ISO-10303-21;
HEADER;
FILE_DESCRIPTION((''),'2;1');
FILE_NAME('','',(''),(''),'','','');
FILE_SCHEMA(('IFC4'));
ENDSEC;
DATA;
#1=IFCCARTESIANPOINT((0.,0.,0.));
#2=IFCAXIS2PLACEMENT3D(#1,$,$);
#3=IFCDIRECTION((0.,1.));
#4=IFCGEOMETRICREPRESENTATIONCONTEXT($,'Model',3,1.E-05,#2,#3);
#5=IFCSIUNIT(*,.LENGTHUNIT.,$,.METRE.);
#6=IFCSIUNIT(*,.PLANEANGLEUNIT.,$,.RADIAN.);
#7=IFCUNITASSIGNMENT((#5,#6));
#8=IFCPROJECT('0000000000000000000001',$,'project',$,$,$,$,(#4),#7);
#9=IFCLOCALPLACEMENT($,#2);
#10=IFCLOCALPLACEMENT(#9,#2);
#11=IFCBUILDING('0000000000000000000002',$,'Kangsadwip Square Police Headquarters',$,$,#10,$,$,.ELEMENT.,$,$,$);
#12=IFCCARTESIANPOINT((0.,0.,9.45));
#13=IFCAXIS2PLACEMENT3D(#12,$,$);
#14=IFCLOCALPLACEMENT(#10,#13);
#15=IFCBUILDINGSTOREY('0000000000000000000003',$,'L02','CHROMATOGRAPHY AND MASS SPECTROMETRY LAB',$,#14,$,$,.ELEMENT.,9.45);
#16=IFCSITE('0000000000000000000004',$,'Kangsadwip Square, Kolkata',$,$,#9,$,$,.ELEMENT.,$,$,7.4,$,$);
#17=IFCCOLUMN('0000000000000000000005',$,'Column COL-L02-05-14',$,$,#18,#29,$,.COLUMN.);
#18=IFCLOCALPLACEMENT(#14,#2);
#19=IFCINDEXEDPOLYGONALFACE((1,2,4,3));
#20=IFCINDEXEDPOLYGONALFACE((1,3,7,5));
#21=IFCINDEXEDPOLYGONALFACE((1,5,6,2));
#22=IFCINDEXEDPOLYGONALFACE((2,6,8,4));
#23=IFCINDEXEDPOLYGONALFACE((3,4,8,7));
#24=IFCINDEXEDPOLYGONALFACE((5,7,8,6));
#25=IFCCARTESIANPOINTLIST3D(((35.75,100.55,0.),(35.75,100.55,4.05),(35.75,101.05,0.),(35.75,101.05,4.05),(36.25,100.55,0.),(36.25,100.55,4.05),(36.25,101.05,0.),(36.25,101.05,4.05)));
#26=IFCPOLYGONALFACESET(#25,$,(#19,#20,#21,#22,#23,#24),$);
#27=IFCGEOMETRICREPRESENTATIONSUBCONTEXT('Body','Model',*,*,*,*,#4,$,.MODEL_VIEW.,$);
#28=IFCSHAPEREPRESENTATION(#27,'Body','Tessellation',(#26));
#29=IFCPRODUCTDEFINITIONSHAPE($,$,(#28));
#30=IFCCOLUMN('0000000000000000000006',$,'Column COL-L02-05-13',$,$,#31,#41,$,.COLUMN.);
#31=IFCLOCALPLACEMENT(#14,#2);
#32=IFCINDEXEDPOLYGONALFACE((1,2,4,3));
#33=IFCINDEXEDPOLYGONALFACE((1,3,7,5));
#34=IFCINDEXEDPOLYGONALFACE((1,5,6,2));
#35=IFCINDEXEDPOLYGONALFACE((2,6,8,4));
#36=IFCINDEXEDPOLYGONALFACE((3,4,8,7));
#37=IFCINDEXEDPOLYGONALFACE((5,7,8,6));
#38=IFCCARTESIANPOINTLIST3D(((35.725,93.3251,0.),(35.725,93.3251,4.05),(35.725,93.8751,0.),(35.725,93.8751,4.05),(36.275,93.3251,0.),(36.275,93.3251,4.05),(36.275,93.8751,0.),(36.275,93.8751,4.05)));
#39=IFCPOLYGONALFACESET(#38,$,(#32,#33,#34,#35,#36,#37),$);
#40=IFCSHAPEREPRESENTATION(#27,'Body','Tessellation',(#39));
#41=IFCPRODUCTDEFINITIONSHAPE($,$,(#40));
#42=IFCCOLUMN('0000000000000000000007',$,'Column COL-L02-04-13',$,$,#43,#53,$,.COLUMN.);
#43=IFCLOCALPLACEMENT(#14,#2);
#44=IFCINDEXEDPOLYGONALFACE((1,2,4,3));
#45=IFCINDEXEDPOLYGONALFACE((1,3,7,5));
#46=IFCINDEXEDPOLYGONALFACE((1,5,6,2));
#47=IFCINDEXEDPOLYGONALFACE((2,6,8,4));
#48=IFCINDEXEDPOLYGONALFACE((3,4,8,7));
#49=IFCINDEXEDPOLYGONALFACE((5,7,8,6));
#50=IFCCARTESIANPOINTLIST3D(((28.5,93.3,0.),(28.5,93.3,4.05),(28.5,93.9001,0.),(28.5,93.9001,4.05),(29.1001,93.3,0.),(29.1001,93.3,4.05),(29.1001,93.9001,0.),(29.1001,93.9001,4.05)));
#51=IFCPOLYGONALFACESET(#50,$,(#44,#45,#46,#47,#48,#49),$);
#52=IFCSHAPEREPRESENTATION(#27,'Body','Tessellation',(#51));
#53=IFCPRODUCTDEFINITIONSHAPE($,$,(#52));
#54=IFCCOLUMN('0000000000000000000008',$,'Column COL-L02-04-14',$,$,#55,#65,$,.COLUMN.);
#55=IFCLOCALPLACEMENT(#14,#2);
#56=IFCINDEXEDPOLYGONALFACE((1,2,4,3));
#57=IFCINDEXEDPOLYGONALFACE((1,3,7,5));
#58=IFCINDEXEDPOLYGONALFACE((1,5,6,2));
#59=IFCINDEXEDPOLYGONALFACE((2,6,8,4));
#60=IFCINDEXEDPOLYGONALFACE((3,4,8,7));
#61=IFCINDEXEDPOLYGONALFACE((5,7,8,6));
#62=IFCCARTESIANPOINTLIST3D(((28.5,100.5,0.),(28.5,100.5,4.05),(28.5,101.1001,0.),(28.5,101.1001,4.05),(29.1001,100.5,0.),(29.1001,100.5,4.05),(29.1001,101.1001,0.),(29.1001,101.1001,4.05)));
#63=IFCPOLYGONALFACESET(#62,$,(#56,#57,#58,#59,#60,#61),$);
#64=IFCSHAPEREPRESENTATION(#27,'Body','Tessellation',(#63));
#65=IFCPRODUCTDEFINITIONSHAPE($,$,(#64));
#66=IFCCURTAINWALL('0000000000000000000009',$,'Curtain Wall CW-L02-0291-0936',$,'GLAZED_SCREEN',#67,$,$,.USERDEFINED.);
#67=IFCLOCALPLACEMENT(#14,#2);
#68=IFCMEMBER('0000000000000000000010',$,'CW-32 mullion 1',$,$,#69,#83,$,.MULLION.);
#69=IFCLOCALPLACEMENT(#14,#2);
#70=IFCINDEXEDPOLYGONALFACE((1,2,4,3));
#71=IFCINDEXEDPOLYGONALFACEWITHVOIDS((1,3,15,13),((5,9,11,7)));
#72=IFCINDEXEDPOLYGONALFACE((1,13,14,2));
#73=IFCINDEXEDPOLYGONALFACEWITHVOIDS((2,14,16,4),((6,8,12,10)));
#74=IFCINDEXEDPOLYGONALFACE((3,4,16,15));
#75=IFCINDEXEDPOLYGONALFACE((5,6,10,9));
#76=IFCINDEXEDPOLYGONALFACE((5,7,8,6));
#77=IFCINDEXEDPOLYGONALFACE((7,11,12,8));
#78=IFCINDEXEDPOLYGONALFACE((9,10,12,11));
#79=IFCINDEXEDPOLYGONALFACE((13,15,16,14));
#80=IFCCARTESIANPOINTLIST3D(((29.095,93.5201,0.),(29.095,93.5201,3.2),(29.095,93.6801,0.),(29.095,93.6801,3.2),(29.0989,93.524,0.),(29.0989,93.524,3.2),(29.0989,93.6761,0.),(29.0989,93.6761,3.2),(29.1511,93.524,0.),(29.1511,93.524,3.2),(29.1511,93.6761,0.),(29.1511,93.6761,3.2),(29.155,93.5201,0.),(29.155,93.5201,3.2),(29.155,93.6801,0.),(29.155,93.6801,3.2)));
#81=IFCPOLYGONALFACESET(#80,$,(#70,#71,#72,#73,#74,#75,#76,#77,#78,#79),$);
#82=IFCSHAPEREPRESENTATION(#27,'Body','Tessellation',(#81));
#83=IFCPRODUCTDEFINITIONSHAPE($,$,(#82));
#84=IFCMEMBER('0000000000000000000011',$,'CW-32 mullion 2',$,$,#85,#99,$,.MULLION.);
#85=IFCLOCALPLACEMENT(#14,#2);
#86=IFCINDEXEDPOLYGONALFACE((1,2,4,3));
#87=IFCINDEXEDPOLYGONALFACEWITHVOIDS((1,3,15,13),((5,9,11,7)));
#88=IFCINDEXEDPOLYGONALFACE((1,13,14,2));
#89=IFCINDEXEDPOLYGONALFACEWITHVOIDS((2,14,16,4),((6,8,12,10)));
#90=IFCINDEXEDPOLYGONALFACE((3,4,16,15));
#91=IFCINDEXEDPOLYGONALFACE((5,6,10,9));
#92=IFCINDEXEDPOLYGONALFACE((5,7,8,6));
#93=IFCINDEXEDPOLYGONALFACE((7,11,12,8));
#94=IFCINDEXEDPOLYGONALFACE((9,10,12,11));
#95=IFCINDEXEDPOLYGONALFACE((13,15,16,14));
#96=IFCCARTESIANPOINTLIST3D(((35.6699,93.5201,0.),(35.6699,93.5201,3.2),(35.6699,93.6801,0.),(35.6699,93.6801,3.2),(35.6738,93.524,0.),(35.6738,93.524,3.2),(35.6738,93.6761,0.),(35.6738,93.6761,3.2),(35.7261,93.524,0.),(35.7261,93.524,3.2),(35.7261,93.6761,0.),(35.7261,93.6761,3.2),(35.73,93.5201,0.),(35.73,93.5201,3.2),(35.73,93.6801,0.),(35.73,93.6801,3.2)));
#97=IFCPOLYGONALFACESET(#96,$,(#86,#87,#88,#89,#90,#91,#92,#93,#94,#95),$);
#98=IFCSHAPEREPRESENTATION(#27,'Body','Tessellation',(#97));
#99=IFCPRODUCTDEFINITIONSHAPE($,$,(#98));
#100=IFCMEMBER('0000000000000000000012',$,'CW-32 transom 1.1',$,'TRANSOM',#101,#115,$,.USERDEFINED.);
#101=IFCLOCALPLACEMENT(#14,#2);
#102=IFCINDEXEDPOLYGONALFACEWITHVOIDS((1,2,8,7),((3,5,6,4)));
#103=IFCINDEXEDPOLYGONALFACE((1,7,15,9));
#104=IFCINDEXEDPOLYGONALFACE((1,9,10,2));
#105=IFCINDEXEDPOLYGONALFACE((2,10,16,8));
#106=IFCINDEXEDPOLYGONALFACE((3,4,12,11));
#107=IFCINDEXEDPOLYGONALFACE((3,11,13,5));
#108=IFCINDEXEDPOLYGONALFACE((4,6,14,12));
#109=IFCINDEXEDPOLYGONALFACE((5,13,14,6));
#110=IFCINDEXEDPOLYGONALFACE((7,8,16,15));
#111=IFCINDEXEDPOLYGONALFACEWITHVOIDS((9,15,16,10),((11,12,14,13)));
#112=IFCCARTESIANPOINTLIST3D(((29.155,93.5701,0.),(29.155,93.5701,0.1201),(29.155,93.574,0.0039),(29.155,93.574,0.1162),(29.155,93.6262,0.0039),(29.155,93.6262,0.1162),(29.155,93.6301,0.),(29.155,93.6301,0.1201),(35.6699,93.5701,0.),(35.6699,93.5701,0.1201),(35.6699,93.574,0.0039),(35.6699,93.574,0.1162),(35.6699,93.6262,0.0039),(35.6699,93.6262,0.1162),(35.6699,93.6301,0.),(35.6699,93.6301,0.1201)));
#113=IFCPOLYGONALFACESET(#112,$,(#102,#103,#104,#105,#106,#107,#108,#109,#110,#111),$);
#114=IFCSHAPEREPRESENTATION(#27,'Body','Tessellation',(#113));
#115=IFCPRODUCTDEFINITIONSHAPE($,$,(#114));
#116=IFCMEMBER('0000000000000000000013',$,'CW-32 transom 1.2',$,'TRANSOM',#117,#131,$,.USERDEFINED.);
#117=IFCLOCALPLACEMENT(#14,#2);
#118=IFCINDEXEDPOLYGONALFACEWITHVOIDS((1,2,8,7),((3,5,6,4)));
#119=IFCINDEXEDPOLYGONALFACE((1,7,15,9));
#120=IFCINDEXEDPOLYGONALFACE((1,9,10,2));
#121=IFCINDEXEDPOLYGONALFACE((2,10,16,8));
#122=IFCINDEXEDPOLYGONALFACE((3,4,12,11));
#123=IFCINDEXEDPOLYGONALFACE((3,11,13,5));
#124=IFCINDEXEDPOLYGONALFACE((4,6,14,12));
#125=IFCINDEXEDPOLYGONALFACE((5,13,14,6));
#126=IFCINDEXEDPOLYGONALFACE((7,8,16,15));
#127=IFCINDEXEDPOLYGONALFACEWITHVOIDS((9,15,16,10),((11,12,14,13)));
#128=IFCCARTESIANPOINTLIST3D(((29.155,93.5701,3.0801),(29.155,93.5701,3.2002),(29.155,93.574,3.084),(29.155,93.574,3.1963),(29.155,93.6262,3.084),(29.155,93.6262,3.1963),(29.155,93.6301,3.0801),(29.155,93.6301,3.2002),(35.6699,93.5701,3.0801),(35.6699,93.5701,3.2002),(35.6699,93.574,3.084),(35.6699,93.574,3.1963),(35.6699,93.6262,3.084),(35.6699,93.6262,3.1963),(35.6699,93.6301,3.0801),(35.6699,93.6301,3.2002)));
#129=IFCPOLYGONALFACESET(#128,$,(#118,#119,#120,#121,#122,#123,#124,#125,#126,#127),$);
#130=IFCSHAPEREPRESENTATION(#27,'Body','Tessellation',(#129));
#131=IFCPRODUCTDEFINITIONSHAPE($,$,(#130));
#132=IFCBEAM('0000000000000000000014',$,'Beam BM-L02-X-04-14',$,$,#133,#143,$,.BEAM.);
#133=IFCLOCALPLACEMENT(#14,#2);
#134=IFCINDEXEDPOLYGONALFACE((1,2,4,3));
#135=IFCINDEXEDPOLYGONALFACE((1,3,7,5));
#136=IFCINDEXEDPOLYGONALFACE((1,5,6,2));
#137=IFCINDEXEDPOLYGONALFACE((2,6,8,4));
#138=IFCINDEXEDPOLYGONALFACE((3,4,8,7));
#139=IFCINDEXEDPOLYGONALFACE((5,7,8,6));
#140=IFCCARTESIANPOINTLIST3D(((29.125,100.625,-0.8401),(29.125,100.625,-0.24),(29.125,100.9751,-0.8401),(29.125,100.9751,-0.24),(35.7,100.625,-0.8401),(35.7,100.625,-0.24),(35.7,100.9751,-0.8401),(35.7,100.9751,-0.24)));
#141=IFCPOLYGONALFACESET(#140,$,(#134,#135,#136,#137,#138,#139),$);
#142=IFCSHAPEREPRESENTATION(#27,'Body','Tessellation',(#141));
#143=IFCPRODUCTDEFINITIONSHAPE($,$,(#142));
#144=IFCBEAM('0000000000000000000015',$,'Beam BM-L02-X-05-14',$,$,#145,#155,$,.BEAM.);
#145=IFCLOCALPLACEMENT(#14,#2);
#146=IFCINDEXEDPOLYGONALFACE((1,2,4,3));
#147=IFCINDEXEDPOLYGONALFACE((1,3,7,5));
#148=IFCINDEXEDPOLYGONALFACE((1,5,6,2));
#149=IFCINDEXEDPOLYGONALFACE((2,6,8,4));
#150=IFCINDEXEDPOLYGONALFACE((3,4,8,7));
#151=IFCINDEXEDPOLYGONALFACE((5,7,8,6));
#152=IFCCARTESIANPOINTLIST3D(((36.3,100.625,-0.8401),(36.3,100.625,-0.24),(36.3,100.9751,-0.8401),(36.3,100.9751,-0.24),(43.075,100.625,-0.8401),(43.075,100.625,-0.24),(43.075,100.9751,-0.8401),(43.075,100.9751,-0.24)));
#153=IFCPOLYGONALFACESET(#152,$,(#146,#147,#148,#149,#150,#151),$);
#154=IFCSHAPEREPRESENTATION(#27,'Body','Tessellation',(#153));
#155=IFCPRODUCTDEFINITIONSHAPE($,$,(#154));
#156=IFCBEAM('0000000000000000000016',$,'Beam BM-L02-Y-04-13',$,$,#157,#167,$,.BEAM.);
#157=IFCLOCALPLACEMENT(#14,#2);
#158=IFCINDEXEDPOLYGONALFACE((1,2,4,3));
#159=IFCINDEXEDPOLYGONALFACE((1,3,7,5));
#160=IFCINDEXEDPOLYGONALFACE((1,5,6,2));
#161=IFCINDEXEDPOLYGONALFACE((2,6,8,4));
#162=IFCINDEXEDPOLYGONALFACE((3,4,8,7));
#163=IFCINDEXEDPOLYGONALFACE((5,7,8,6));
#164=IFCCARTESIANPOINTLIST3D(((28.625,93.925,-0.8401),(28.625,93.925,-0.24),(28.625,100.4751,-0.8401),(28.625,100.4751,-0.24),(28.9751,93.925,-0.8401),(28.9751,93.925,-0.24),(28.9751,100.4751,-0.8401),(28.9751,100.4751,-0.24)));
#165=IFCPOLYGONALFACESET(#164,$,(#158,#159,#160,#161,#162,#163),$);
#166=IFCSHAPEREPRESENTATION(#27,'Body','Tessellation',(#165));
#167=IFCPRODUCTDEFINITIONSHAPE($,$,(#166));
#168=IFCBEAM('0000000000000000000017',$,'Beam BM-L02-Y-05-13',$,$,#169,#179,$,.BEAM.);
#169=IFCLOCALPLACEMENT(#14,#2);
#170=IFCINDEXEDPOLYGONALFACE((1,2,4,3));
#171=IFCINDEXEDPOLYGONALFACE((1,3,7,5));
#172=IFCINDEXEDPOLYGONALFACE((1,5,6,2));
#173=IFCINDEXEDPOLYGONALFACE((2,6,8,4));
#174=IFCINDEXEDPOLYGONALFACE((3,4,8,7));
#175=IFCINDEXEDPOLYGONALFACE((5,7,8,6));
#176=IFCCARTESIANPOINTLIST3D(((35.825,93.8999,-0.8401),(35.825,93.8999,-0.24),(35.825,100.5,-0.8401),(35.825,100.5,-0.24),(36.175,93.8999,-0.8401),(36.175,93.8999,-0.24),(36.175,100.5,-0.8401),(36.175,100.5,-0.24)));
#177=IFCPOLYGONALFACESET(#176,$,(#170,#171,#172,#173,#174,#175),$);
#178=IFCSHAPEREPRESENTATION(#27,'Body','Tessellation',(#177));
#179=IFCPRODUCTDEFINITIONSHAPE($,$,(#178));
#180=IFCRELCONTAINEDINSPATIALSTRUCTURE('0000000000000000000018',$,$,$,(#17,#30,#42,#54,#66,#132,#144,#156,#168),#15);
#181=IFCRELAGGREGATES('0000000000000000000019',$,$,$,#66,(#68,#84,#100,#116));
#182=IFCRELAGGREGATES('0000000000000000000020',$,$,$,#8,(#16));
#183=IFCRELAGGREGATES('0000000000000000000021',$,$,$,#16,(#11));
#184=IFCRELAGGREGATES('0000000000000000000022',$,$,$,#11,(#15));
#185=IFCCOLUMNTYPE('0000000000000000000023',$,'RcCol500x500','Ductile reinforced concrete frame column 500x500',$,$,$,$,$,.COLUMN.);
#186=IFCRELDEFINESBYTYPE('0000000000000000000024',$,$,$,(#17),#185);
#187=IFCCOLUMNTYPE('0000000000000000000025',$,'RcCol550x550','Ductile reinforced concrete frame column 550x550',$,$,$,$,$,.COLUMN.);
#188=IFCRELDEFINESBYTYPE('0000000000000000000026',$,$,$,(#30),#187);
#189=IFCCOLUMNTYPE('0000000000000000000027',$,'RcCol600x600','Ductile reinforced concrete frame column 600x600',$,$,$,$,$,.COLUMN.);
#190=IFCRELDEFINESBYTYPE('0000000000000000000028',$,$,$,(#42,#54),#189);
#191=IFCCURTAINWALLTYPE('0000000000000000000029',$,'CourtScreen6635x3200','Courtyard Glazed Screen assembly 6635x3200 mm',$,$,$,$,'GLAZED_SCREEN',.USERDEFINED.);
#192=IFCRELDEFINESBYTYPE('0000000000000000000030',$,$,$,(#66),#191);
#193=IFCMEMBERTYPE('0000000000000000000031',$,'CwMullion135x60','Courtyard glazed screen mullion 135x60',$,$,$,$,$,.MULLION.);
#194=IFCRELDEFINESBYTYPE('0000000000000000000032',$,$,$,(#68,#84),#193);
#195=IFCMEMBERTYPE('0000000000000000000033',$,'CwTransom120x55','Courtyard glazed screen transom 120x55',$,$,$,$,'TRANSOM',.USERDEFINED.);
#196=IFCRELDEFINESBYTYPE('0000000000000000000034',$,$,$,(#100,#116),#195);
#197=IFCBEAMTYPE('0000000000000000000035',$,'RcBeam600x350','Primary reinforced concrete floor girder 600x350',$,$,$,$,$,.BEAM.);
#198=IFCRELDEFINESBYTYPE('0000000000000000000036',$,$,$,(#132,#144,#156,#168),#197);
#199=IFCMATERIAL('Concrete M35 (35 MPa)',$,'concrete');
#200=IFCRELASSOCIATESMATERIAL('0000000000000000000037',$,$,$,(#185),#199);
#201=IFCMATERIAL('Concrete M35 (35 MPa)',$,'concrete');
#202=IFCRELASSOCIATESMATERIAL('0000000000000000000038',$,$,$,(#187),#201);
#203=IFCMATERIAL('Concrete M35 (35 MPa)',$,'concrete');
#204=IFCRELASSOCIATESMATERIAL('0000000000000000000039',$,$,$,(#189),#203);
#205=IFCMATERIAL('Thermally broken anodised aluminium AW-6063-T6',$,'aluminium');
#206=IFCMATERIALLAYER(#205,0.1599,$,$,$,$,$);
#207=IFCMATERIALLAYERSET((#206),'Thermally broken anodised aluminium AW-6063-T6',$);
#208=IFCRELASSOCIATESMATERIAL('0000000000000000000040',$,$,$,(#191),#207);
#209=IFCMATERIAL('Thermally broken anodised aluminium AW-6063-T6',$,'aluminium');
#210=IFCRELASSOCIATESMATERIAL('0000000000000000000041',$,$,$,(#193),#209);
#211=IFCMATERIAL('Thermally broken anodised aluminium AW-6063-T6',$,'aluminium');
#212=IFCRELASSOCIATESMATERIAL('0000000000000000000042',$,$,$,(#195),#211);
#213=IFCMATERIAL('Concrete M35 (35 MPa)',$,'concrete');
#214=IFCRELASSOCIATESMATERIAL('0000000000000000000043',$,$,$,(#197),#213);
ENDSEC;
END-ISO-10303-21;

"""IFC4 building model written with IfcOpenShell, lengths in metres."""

from ifc_helpers import new_model, si_unit, direction, frame, origin, origin_2d, place, context, subcontext, project, spatial, rectangle, hollow_rectangle, extrude, material, layer, layer_set, material_profile, profile_set, type_object, element, aggregate, save


model = new_model("IFC4")

# Units and contexts
model_context = context("Model", 3, precision=1e-05, world=origin(), true_north=direction((0.0, 1.0)))
body_context = subcontext(model_context, "Body", "Model", "MODEL_VIEW")
ifc_project = project(units=[si_unit("LENGTHUNIT", "METRE"), si_unit("PLANEANGLEUNIT", "RADIAN")], contexts=[model_context])

# Site, building, storey
site_placement = place(None, origin())
site = spatial("IfcSite", under=ifc_project, at=site_placement, Name="Kangsadwip Square, Kolkata", CompositionType="ELEMENT", RefElevation=7.4)
building_placement = place(site_placement, origin())
building = spatial("IfcBuilding", under=site, at=building_placement, Name="Kangsadwip Square Police Headquarters", CompositionType="ELEMENT")
storey_placement = place(building_placement, frame((0.0, 0.0, 9.45)))
storey = spatial("IfcBuildingStorey", under=building, at=storey_placement, Name="L02", Description="CHROMATOGRAPHY AND MASS SPECTROMETRY LAB", CompositionType="ELEMENT", Elevation=9.45)

# Columns
ifc_material_1 = material(Name="Concrete M35 (35 MPa)", Category="concrete")
ifc_material_profile_1 = material_profile(ifc_material_1, rectangle(XDim=0.5, YDim=0.5, at=origin_2d()), Name="RC COL 500X500")
ifc_profile_set_1 = profile_set([ifc_material_profile_1], Name="Concrete M35 (35 MPa)")
column_type_1 = type_object("IfcColumnType", Name="RcCol500x500", Description="Ductile reinforced concrete frame column 500x500", PredefinedType="COLUMN", material=ifc_profile_set_1)
column_1_placement = place(storey_placement, frame((36.0, 100.8, 0.0), z_axis=(0.0, 0.0, 1.0), x_axis=(1.0, 0.0, 0.0)))
element("IfcColumn", 1, at=column_1_placement, inside=storey, type_object=column_type_1, Name="Column COL-L02-05-14", PredefinedType="COLUMN", context=body_context, shape_type="SweptSolid", body=[
    extrude(rectangle(XDim=0.5, YDim=0.5, at=origin_2d()), origin(), (0.0, 0.0, 1.0), 4.05),
])
ifc_material_2 = material(Name="Concrete M35 (35 MPa)", Category="concrete")
ifc_material_profile_2 = material_profile(ifc_material_2, rectangle(XDim=0.55, YDim=0.55, at=origin_2d()), Name="RC COL 550X550")
ifc_profile_set_2 = profile_set([ifc_material_profile_2], Name="Concrete M35 (35 MPa)")
column_type_2 = type_object("IfcColumnType", Name="RcCol550x550", Description="Ductile reinforced concrete frame column 550x550", PredefinedType="COLUMN", material=ifc_profile_set_2)
column_2_placement = place(storey_placement, frame((36.0, 93.6001, 0.0), z_axis=(0.0, 0.0, 1.0), x_axis=(1.0, 0.0, 0.0)))
element("IfcColumn", 2, at=column_2_placement, inside=storey, type_object=column_type_2, Name="Column COL-L02-05-13", PredefinedType="COLUMN", context=body_context, shape_type="SweptSolid", body=[
    extrude(rectangle(XDim=0.55, YDim=0.55, at=origin_2d()), origin(), (0.0, 0.0, 1.0), 4.05),
])
ifc_material_3 = material(Name="Concrete M35 (35 MPa)", Category="concrete")
ifc_material_profile_3 = material_profile(ifc_material_3, rectangle(XDim=0.6001, YDim=0.6001, at=origin_2d()), Name="RC COL 600X600")
ifc_profile_set_3 = profile_set([ifc_material_profile_3], Name="Concrete M35 (35 MPa)")
column_type_3 = type_object("IfcColumnType", Name="RcCol600x600", Description="Ductile reinforced concrete frame column 600x600", PredefinedType="COLUMN", material=ifc_profile_set_3)
for number, where, z_axis, x_axis, name in (
    (3, (28.8, 93.6001, 0.0), (0.0, 0.0, 1.0), (1.0, 0.0, 0.0), "Column COL-L02-04-13"),
    (4, (28.8, 100.8, 0.0), (0.0, 0.0, 1.0), (1.0, 0.0, 0.0), "Column COL-L02-04-14"),
):
    element("IfcColumn", number, at=place(storey_placement, frame(where, z_axis=z_axis, x_axis=x_axis)), inside=storey, type_object=column_type_3, Name=name, PredefinedType="COLUMN", context=body_context, shape_type="SweptSolid", body=[
        extrude(rectangle(XDim=0.6001, YDim=0.6001, at=origin_2d()), origin(), (0.0, 0.0, 1.0), 4.05),
    ])

# Curtain wall, members
ifc_material_4 = material(Name="Thermally broken anodised aluminium AW-6063-T6", Category="aluminium")
ifc_layer_1 = layer(ifc_material_4, 0.1599)
ifc_layer_set_1 = layer_set([ifc_layer_1], Name="Thermally broken anodised aluminium AW-6063-T6")
curtain_wall_type = type_object("IfcCurtainWallType", Name="CourtScreen6635x3200", Description="Courtyard Glazed Screen assembly 6635x3200 mm", ElementType="GLAZED_SCREEN", PredefinedType="USERDEFINED", material=ifc_layer_set_1)
curtain_wall_placement = place(storey_placement, origin())
curtain_wall = element("IfcCurtainWall", 5, at=curtain_wall_placement, inside=storey, type_object=curtain_wall_type, Name="Curtain Wall CW-L02-0291-0936", ObjectType="GLAZED_SCREEN", PredefinedType="USERDEFINED")
ifc_material_5 = material(Name="Thermally broken anodised aluminium AW-6063-T6", Category="aluminium")
ifc_material_profile_4 = material_profile(ifc_material_5, hollow_rectangle(XDim=0.0601, YDim=0.1599, WallThickness=0.0039, at=origin_2d()), Name="CWM 160X60X4")
ifc_profile_set_4 = profile_set([ifc_material_profile_4], Name="Thermally broken anodised aluminium AW-6063-T6")
member_type_1 = type_object("IfcMemberType", Name="CwMullion135x60", Description="Courtyard glazed screen mullion 135x60", PredefinedType="MULLION", material=ifc_profile_set_4)
member_1_placement = place(storey_placement, frame((29.125, 93.6001, 0.0), z_axis=(0.0, 0.0, 1.0), x_axis=(1.0, 0.0, 0.0)))
member_1 = element("IfcMember", 6, at=member_1_placement, type_object=member_type_1, Name="CW-32 mullion 1", PredefinedType="MULLION", context=body_context, shape_type="SweptSolid", body=[
    extrude(hollow_rectangle(XDim=0.0601, YDim=0.1599, WallThickness=0.0039, at=origin_2d()), origin(), (0.0, 0.0, 1.0), 3.2),
])
member_2_placement = place(storey_placement, frame((35.7, 93.6001, 0.0), z_axis=(0.0, 0.0, 1.0), x_axis=(1.0, 0.0, 0.0)))
member_2 = element("IfcMember", 7, at=member_2_placement, type_object=member_type_1, Name="CW-32 mullion 2", PredefinedType="MULLION", context=body_context, shape_type="SweptSolid", body=[
    extrude(hollow_rectangle(XDim=0.0601, YDim=0.1599, WallThickness=0.0039, at=origin_2d()), origin(), (0.0, 0.0, 1.0), 3.2),
])
ifc_material_6 = material(Name="Thermally broken anodised aluminium AW-6063-T6", Category="aluminium")
ifc_material_profile_5 = material_profile(ifc_material_6, hollow_rectangle(XDim=0.0601, YDim=0.1201, WallThickness=0.0039, at=origin_2d()), Name="CWT 120X60X4")
ifc_profile_set_5 = profile_set([ifc_material_profile_5], Name="Thermally broken anodised aluminium AW-6063-T6")
member_type_2 = type_object("IfcMemberType", Name="CwTransom120x55", Description="Courtyard glazed screen transom 120x55", ElementType="TRANSOM", PredefinedType="USERDEFINED", material=ifc_profile_set_5)
member_3_placement = place(storey_placement, frame((29.155, 93.6001, 0.0601), z_axis=(1.0, 0.0, 0.0), x_axis=(0.0, 1.0, 0.0)))
member_3 = element("IfcMember", 8, at=member_3_placement, type_object=member_type_2, Name="CW-32 transom 1.1", ObjectType="TRANSOM", PredefinedType="USERDEFINED", context=body_context, shape_type="SweptSolid", body=[
    extrude(hollow_rectangle(XDim=0.0601, YDim=0.1201, WallThickness=0.0039, at=origin_2d()), origin(), (0.0, 0.0, 1.0), 6.5149),
])
member_4_placement = place(storey_placement, frame((29.155, 93.6001, 3.1401), z_axis=(1.0, 0.0, 0.0), x_axis=(0.0, 1.0, 0.0)))
member_4 = element("IfcMember", 9, at=member_4_placement, type_object=member_type_2, Name="CW-32 transom 1.2", ObjectType="TRANSOM", PredefinedType="USERDEFINED", context=body_context, shape_type="SweptSolid", body=[
    extrude(hollow_rectangle(XDim=0.0601, YDim=0.1201, WallThickness=0.0039, at=origin_2d()), origin(), (0.0, 0.0, 1.0), 6.5149),
])

# Beams
ifc_material_7 = material(Name="Concrete M35 (35 MPa)", Category="concrete")
ifc_material_profile_6 = material_profile(ifc_material_7, rectangle(XDim=0.3501, YDim=0.6001, at=origin_2d()), Name="RC BM 600X350")
ifc_profile_set_6 = profile_set([ifc_material_profile_6], Name="Concrete M35 (35 MPa)")
beam_type_1 = type_object("IfcBeamType", Name="RcBeam600x350", Description="Primary reinforced concrete floor girder 600x350", PredefinedType="BEAM", material=ifc_profile_set_6)
beam_1_placement = place(storey_placement, frame((29.125, 100.8, -0.54), z_axis=(1.0, 0.0, 0.0), x_axis=(0.0, 1.0, 0.0)))
element("IfcBeam", 10, at=beam_1_placement, inside=storey, type_object=beam_type_1, Name="Beam BM-L02-X-04-14", PredefinedType="BEAM", context=body_context, shape_type="SweptSolid", body=[
    extrude(rectangle(XDim=0.3501, YDim=0.6001, at=origin_2d()), origin(), (0.0, 0.0, 1.0), 6.575),
])
beam_2_placement = place(storey_placement, frame((36.3, 100.8, -0.54), z_axis=(1.0, 0.0, 0.0), x_axis=(0.0, 1.0, 0.0)))
element("IfcBeam", 11, at=beam_2_placement, inside=storey, type_object=beam_type_1, Name="Beam BM-L02-X-05-14", PredefinedType="BEAM", context=body_context, shape_type="SweptSolid", body=[
    extrude(rectangle(XDim=0.3501, YDim=0.6001, at=origin_2d()), origin(), (0.0, 0.0, 1.0), 6.7749),
])
beam_3_placement = place(storey_placement, frame((28.8, 93.925, -0.54), z_axis=(0.0, 1.0, 0.0), x_axis=(-1.0, 0.0, 0.0)))
element("IfcBeam", 12, at=beam_3_placement, inside=storey, type_object=beam_type_1, Name="Beam BM-L02-Y-04-13", PredefinedType="BEAM", context=body_context, shape_type="SweptSolid", body=[
    extrude(rectangle(XDim=0.3501, YDim=0.6001, at=origin_2d()), origin(), (0.0, 0.0, 1.0), 6.55),
])
beam_4_placement = place(storey_placement, frame((36.0, 93.8999, -0.54), z_axis=(0.0, 1.0, 0.0), x_axis=(-1.0, 0.0, 0.0)))
element("IfcBeam", 13, at=beam_4_placement, inside=storey, type_object=beam_type_1, Name="Beam BM-L02-Y-05-13", PredefinedType="BEAM", context=body_context, shape_type="SweptSolid", body=[
    extrude(rectangle(XDim=0.3501, YDim=0.6001, at=origin_2d()), origin(), (0.0, 0.0, 1.0), 6.6001),
])

aggregate(curtain_wall, [member_1, member_2, member_3, member_4])

save(model, "model.ifc")
